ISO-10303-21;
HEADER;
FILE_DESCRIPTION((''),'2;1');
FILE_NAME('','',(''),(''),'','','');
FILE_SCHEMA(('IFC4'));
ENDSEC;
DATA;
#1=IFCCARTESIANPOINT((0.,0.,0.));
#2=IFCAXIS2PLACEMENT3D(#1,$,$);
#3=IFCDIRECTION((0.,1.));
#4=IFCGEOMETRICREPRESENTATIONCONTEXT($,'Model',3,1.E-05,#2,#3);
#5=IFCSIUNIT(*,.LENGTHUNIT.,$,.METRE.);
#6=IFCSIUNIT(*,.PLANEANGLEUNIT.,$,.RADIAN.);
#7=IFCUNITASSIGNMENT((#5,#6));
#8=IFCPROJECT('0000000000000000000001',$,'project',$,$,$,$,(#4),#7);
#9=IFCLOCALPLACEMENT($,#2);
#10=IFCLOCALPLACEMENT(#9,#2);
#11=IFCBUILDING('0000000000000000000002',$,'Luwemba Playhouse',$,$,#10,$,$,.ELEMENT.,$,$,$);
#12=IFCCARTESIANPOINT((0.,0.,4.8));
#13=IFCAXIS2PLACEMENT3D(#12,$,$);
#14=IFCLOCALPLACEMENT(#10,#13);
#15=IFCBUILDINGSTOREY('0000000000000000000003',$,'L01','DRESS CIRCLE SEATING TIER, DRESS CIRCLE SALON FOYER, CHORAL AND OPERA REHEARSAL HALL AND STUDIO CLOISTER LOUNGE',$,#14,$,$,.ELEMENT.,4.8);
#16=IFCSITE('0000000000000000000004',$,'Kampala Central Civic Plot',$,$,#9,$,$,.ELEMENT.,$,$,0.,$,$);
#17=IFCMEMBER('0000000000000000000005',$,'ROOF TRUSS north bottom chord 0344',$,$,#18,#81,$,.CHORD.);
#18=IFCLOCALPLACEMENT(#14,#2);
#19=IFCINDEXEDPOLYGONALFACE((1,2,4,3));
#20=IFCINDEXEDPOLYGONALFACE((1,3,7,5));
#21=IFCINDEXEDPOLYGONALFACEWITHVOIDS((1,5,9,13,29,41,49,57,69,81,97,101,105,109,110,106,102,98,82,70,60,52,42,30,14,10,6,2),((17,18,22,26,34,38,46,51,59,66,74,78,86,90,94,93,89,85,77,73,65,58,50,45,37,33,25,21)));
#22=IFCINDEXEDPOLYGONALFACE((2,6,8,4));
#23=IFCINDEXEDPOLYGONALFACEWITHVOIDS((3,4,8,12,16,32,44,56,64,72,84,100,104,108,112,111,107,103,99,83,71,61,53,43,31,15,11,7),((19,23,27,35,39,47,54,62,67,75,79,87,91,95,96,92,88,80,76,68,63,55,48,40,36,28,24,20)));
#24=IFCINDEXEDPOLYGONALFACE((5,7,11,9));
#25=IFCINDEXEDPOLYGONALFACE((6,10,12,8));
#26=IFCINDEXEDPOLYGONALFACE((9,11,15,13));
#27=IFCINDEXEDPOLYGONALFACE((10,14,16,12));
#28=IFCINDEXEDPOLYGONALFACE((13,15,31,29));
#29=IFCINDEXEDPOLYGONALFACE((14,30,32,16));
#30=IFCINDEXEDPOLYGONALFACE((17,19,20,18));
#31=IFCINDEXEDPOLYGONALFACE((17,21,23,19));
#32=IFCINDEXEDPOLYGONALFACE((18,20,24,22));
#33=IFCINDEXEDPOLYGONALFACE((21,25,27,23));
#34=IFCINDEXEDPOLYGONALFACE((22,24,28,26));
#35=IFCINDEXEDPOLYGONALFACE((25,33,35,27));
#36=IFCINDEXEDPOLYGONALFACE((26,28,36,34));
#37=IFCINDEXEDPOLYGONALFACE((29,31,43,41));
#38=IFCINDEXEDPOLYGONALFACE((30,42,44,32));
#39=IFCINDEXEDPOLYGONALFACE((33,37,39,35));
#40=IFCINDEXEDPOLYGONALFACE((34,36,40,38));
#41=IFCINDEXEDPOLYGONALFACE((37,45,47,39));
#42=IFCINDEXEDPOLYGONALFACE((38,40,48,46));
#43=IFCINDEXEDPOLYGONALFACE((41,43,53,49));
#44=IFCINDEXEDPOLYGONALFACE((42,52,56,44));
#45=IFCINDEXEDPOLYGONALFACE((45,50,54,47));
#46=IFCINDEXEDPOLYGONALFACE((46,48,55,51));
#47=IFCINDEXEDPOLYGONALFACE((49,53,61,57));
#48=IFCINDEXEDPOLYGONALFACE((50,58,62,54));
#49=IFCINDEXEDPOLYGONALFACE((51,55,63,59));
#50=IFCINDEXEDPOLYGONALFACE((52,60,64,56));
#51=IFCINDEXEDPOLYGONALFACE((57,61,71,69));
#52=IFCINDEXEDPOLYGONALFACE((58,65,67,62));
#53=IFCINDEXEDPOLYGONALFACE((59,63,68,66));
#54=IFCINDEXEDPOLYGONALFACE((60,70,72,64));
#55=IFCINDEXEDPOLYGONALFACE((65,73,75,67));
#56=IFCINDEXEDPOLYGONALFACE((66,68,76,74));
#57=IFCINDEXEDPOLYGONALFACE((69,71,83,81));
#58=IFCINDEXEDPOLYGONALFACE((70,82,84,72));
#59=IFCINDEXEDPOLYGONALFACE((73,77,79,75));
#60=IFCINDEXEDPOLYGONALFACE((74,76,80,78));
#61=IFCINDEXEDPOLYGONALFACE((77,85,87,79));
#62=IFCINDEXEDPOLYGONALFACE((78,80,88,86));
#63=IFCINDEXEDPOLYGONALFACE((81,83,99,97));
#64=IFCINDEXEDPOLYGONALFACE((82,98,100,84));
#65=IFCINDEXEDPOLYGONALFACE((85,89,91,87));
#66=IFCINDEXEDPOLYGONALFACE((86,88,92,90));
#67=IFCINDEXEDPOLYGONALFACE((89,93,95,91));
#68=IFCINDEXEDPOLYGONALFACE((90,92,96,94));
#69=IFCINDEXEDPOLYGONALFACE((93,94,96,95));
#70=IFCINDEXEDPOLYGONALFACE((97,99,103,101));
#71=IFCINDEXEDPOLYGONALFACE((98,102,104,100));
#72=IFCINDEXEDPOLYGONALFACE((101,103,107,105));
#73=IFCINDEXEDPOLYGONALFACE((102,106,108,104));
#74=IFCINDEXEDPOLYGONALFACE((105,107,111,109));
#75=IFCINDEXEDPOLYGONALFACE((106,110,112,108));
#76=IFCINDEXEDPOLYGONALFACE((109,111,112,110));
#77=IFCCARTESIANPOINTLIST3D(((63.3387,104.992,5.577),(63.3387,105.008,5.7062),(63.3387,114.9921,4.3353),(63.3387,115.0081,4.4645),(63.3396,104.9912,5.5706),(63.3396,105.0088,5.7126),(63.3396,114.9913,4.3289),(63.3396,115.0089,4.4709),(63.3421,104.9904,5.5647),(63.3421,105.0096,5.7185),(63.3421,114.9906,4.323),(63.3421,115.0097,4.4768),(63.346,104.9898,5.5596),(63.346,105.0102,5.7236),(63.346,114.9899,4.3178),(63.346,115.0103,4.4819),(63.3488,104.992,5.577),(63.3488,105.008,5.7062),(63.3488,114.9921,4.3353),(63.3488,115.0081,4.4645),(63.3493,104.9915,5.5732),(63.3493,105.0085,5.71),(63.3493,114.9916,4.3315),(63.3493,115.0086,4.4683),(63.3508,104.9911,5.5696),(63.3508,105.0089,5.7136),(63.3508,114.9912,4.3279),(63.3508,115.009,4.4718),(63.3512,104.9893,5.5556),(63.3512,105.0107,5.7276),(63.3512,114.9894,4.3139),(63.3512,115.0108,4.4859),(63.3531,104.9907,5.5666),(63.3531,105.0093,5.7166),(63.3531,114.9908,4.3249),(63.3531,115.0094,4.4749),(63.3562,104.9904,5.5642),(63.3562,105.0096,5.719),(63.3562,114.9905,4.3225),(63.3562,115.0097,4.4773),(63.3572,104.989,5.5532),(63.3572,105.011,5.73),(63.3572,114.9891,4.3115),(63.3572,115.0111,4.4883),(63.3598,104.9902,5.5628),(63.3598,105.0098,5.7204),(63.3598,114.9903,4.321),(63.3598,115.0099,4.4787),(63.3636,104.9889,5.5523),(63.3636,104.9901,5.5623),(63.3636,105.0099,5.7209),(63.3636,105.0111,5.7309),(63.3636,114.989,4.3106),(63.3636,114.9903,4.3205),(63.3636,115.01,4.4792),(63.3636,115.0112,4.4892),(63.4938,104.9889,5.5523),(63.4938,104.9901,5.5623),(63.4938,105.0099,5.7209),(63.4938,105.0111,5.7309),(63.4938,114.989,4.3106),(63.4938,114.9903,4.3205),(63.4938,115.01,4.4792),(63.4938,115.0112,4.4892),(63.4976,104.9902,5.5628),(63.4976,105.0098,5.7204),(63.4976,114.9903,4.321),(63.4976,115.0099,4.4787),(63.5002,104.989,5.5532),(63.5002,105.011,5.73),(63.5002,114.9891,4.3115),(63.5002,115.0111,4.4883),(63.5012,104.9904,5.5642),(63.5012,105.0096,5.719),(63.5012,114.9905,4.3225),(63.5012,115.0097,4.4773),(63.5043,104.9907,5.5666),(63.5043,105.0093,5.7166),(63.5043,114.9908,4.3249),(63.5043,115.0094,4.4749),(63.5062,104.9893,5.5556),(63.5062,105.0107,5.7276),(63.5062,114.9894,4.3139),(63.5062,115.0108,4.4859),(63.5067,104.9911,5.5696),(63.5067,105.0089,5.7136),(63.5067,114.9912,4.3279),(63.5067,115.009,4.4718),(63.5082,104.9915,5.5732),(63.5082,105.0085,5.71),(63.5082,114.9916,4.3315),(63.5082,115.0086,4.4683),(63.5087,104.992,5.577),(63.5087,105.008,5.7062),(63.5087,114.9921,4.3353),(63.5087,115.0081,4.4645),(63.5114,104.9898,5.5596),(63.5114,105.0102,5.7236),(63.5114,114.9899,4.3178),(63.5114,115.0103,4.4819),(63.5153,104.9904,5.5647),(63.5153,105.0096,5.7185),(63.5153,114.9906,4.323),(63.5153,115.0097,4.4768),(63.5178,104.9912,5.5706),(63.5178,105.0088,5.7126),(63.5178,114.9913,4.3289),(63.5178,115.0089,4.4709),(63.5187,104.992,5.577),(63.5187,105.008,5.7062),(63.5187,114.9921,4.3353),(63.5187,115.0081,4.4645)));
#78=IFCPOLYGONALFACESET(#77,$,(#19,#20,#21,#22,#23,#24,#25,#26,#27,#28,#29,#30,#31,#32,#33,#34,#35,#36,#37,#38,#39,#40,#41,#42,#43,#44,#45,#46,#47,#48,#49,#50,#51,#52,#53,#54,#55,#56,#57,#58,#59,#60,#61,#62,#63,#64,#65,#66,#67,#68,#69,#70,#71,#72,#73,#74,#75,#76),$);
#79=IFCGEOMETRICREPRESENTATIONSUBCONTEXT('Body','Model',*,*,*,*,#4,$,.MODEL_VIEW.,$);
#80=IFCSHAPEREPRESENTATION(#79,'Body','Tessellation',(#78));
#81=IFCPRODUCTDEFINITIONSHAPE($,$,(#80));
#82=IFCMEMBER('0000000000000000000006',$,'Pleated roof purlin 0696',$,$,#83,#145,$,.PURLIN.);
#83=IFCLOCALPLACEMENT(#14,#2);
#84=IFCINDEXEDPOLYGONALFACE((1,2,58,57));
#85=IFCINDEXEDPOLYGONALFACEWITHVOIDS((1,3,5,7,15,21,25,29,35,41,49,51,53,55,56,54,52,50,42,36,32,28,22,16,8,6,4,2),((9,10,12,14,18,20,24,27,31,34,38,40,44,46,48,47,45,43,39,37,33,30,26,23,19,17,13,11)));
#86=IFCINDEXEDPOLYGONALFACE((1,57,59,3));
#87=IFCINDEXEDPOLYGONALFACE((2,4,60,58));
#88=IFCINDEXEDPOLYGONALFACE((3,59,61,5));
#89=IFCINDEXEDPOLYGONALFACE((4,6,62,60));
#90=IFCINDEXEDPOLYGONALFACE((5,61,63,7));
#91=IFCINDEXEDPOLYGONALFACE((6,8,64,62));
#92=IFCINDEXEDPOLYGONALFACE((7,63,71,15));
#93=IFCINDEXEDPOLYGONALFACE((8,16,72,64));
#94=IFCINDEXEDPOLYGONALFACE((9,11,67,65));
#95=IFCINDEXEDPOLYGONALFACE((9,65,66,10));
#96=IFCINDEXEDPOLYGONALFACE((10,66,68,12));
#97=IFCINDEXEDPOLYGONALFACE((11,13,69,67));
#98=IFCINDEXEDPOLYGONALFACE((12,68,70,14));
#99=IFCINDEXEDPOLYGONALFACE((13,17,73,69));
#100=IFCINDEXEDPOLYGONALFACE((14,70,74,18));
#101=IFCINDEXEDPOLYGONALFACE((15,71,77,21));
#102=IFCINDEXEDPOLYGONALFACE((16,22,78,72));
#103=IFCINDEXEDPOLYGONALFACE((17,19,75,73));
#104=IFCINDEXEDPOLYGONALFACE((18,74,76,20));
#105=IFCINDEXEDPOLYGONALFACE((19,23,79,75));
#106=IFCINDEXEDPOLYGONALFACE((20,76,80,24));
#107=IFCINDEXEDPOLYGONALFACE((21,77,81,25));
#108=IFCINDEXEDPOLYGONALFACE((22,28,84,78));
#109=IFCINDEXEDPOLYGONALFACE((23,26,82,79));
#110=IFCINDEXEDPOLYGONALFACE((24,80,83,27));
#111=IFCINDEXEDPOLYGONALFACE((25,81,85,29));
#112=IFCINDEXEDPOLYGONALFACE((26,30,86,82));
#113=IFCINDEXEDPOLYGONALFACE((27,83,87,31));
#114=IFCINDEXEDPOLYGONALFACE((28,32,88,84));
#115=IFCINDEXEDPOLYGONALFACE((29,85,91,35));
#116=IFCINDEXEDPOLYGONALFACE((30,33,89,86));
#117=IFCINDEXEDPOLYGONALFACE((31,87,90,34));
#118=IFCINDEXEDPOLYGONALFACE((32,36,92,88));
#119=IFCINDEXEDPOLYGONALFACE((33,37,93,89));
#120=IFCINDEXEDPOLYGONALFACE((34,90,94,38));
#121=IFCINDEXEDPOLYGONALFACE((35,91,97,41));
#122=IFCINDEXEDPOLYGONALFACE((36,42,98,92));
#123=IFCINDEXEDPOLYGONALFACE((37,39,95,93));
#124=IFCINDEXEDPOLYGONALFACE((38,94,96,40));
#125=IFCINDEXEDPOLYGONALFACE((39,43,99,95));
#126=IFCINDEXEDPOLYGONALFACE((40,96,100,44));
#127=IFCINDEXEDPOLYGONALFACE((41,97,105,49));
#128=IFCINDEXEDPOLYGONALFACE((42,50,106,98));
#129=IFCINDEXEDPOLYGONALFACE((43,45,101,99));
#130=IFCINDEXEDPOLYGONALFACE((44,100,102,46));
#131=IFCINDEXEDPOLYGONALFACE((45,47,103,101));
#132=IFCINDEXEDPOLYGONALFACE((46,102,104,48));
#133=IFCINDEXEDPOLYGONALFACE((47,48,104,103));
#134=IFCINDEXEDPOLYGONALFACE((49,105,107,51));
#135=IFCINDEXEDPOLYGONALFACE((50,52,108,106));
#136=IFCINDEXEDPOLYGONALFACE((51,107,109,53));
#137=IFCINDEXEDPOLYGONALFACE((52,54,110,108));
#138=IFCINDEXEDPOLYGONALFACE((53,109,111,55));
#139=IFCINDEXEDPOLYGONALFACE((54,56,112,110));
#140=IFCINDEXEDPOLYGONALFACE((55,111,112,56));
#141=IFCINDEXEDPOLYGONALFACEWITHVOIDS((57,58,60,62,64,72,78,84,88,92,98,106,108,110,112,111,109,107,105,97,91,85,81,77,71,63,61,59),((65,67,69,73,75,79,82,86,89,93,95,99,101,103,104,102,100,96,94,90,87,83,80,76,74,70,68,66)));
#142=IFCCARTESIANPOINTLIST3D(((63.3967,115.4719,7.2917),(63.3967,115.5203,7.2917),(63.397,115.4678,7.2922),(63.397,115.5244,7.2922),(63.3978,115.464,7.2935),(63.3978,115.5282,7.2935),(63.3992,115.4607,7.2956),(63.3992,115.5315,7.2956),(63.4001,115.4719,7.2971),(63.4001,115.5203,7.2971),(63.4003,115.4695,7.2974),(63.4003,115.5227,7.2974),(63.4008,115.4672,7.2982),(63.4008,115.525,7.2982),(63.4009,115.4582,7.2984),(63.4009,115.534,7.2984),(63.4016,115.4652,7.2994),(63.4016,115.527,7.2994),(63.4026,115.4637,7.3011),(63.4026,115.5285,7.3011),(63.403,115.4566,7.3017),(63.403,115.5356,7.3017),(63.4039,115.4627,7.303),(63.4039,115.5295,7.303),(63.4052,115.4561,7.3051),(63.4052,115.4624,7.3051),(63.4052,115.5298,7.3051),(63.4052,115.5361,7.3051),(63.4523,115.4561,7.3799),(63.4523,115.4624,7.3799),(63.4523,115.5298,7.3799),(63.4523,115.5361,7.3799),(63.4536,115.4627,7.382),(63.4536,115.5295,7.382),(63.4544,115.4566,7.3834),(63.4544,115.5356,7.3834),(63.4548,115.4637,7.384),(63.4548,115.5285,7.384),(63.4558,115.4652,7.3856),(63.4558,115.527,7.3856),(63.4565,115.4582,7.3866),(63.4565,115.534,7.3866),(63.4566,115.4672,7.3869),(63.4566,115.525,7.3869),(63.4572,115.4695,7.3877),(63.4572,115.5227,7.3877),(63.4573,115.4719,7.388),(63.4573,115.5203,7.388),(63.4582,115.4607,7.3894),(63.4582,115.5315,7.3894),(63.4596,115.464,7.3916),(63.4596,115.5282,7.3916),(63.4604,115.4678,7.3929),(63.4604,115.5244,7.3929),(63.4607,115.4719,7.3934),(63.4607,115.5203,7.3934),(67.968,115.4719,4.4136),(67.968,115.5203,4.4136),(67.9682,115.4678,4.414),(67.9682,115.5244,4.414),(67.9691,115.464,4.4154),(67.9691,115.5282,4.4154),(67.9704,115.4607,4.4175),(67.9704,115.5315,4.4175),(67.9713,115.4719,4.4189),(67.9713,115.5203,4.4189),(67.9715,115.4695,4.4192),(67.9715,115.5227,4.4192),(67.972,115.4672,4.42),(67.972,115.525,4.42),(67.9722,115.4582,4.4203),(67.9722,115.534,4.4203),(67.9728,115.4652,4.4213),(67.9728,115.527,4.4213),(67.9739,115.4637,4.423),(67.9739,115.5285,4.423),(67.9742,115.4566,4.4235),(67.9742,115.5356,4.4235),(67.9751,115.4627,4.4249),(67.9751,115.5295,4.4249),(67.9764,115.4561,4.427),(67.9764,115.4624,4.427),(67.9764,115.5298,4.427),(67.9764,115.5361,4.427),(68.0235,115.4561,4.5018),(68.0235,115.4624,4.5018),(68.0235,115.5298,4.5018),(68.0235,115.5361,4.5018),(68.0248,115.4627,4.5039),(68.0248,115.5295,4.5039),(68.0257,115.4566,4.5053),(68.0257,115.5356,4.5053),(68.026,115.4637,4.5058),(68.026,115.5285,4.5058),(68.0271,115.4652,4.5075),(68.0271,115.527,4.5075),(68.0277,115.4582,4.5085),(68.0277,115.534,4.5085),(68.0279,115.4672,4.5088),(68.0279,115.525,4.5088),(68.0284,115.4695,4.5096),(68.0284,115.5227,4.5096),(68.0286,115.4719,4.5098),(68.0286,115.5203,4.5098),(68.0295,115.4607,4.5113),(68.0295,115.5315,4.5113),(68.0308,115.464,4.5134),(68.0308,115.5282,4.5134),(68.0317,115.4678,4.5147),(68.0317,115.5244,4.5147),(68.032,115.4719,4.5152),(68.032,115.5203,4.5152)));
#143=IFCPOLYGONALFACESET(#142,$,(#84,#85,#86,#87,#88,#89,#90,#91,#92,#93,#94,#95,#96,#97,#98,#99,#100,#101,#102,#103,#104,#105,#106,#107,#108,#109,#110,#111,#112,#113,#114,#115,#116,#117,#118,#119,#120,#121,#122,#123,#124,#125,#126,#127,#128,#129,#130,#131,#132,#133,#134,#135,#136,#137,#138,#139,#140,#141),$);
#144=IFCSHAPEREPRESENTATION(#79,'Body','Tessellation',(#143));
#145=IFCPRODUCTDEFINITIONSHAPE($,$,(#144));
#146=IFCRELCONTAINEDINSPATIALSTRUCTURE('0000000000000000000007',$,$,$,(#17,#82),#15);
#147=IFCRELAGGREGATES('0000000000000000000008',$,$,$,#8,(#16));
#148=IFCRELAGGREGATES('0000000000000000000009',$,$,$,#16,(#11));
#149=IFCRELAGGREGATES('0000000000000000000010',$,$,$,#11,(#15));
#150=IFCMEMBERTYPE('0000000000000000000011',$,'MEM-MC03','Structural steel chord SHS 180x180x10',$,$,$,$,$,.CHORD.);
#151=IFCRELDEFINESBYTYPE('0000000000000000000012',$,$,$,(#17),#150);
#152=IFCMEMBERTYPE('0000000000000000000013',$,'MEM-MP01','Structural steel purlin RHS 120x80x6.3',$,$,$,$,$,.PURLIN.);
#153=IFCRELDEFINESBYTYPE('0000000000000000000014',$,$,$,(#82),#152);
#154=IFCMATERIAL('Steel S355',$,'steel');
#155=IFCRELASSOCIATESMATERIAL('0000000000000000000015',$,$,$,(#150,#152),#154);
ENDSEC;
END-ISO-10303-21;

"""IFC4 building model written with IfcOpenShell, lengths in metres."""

from ifc_helpers import new_model, si_unit, direction, frame, origin, origin_2d, place, context, subcontext, project, spatial, hollow_rectangle, extrude, material, material_profile, profile_set, type_object, element, save


model = new_model("IFC4")

# Units and contexts
model_context = context("Model", 3, precision=1e-05, world=origin(), true_north=direction((0.0, 1.0)))
body_context = subcontext(model_context, "Body", "Model", "MODEL_VIEW")
ifc_project = project(units=[si_unit("LENGTHUNIT", "METRE"), si_unit("PLANEANGLEUNIT", "RADIAN")], contexts=[model_context])

# Site, building, storey
site_placement = place(None, origin())
site = spatial("IfcSite", under=ifc_project, at=site_placement, Name="Kampala Central Civic Plot", CompositionType="ELEMENT", RefElevation=0.0)
building_placement = place(site_placement, origin())
building = spatial("IfcBuilding", under=site, at=building_placement, Name="Luwemba Playhouse", CompositionType="ELEMENT")
storey_placement = place(building_placement, frame((0.0, 0.0, 4.8)))
storey = spatial("IfcBuildingStorey", under=building, at=storey_placement, Name="L01", Description="DRESS CIRCLE SEATING TIER, DRESS CIRCLE SALON FOYER, CHORAL AND OPERA REHEARSAL HALL AND STUDIO CLOISTER LOUNGE", CompositionType="ELEMENT", Elevation=4.8)

# Shared definitions
ifc_material_1 = material(Name="Steel S355", Category="steel")

# Members
ifc_material_profile_1 = material_profile(ifc_material_1, hollow_rectangle(XDim=0.1799, YDim=0.1799, WallThickness=0.01, InnerFilletRadius=0.0149, OuterFilletRadius=0.0249, at=origin_2d()))
ifc_profile_set_1 = profile_set([ifc_material_profile_1], Name="Steel S355")
member_type_1 = type_object("IfcMemberType", Name="MEM-MC03", Description="Structural steel chord SHS 180x180x10", PredefinedType="CHORD", material=ifc_profile_set_1)
member_1_placement = place(storey_placement, frame((63.4287, 105.0, 5.6416), z_axis=(0.0, 0.992379, -0.123224), x_axis=(-1.0, 0.0, 0.0)))
element("IfcMember", 1, at=member_1_placement, inside=storey, type_object=member_type_1, Name="ROOF TRUSS north bottom chord 0344", PredefinedType="CHORD", context=body_context, shape_type="SweptSolid", body=[
    extrude(hollow_rectangle(XDim=0.1799, YDim=0.1799, WallThickness=0.01, InnerFilletRadius=0.0149, OuterFilletRadius=0.0249, at=origin_2d()), origin(), (0.0, 0.0, 1.0), 10.0769),
])
ifc_material_profile_2 = material_profile(ifc_material_1, hollow_rectangle(XDim=0.0801, YDim=0.1201, WallThickness=0.0063, InnerFilletRadius=0.0095, OuterFilletRadius=0.0159, at=origin_2d()))
ifc_profile_set_2 = profile_set([ifc_material_profile_2], Name="Steel S355")
member_type_2 = type_object("IfcMemberType", Name="MEM-MP01", Description="Structural steel purlin RHS 120x80x6.3", PredefinedType="PURLIN", material=ifc_profile_set_2)
member_2_placement = place(storey_placement, frame((63.4287, 115.4961, 7.3425), z_axis=(0.846237, 0.0, -0.532807), x_axis=(0.0, 1.0, 0.0)))
element("IfcMember", 2, at=member_2_placement, inside=storey, type_object=member_type_2, Name="Pleated roof purlin 0696", PredefinedType="PURLIN", context=body_context, shape_type="SweptSolid", body=[
    extrude(hollow_rectangle(XDim=0.0801, YDim=0.1201, WallThickness=0.0063, InnerFilletRadius=0.0095, OuterFilletRadius=0.0159, at=origin_2d()), origin(), (0.0, 0.0, 1.0), 5.4019),
])

save(model, "model.ifc")
